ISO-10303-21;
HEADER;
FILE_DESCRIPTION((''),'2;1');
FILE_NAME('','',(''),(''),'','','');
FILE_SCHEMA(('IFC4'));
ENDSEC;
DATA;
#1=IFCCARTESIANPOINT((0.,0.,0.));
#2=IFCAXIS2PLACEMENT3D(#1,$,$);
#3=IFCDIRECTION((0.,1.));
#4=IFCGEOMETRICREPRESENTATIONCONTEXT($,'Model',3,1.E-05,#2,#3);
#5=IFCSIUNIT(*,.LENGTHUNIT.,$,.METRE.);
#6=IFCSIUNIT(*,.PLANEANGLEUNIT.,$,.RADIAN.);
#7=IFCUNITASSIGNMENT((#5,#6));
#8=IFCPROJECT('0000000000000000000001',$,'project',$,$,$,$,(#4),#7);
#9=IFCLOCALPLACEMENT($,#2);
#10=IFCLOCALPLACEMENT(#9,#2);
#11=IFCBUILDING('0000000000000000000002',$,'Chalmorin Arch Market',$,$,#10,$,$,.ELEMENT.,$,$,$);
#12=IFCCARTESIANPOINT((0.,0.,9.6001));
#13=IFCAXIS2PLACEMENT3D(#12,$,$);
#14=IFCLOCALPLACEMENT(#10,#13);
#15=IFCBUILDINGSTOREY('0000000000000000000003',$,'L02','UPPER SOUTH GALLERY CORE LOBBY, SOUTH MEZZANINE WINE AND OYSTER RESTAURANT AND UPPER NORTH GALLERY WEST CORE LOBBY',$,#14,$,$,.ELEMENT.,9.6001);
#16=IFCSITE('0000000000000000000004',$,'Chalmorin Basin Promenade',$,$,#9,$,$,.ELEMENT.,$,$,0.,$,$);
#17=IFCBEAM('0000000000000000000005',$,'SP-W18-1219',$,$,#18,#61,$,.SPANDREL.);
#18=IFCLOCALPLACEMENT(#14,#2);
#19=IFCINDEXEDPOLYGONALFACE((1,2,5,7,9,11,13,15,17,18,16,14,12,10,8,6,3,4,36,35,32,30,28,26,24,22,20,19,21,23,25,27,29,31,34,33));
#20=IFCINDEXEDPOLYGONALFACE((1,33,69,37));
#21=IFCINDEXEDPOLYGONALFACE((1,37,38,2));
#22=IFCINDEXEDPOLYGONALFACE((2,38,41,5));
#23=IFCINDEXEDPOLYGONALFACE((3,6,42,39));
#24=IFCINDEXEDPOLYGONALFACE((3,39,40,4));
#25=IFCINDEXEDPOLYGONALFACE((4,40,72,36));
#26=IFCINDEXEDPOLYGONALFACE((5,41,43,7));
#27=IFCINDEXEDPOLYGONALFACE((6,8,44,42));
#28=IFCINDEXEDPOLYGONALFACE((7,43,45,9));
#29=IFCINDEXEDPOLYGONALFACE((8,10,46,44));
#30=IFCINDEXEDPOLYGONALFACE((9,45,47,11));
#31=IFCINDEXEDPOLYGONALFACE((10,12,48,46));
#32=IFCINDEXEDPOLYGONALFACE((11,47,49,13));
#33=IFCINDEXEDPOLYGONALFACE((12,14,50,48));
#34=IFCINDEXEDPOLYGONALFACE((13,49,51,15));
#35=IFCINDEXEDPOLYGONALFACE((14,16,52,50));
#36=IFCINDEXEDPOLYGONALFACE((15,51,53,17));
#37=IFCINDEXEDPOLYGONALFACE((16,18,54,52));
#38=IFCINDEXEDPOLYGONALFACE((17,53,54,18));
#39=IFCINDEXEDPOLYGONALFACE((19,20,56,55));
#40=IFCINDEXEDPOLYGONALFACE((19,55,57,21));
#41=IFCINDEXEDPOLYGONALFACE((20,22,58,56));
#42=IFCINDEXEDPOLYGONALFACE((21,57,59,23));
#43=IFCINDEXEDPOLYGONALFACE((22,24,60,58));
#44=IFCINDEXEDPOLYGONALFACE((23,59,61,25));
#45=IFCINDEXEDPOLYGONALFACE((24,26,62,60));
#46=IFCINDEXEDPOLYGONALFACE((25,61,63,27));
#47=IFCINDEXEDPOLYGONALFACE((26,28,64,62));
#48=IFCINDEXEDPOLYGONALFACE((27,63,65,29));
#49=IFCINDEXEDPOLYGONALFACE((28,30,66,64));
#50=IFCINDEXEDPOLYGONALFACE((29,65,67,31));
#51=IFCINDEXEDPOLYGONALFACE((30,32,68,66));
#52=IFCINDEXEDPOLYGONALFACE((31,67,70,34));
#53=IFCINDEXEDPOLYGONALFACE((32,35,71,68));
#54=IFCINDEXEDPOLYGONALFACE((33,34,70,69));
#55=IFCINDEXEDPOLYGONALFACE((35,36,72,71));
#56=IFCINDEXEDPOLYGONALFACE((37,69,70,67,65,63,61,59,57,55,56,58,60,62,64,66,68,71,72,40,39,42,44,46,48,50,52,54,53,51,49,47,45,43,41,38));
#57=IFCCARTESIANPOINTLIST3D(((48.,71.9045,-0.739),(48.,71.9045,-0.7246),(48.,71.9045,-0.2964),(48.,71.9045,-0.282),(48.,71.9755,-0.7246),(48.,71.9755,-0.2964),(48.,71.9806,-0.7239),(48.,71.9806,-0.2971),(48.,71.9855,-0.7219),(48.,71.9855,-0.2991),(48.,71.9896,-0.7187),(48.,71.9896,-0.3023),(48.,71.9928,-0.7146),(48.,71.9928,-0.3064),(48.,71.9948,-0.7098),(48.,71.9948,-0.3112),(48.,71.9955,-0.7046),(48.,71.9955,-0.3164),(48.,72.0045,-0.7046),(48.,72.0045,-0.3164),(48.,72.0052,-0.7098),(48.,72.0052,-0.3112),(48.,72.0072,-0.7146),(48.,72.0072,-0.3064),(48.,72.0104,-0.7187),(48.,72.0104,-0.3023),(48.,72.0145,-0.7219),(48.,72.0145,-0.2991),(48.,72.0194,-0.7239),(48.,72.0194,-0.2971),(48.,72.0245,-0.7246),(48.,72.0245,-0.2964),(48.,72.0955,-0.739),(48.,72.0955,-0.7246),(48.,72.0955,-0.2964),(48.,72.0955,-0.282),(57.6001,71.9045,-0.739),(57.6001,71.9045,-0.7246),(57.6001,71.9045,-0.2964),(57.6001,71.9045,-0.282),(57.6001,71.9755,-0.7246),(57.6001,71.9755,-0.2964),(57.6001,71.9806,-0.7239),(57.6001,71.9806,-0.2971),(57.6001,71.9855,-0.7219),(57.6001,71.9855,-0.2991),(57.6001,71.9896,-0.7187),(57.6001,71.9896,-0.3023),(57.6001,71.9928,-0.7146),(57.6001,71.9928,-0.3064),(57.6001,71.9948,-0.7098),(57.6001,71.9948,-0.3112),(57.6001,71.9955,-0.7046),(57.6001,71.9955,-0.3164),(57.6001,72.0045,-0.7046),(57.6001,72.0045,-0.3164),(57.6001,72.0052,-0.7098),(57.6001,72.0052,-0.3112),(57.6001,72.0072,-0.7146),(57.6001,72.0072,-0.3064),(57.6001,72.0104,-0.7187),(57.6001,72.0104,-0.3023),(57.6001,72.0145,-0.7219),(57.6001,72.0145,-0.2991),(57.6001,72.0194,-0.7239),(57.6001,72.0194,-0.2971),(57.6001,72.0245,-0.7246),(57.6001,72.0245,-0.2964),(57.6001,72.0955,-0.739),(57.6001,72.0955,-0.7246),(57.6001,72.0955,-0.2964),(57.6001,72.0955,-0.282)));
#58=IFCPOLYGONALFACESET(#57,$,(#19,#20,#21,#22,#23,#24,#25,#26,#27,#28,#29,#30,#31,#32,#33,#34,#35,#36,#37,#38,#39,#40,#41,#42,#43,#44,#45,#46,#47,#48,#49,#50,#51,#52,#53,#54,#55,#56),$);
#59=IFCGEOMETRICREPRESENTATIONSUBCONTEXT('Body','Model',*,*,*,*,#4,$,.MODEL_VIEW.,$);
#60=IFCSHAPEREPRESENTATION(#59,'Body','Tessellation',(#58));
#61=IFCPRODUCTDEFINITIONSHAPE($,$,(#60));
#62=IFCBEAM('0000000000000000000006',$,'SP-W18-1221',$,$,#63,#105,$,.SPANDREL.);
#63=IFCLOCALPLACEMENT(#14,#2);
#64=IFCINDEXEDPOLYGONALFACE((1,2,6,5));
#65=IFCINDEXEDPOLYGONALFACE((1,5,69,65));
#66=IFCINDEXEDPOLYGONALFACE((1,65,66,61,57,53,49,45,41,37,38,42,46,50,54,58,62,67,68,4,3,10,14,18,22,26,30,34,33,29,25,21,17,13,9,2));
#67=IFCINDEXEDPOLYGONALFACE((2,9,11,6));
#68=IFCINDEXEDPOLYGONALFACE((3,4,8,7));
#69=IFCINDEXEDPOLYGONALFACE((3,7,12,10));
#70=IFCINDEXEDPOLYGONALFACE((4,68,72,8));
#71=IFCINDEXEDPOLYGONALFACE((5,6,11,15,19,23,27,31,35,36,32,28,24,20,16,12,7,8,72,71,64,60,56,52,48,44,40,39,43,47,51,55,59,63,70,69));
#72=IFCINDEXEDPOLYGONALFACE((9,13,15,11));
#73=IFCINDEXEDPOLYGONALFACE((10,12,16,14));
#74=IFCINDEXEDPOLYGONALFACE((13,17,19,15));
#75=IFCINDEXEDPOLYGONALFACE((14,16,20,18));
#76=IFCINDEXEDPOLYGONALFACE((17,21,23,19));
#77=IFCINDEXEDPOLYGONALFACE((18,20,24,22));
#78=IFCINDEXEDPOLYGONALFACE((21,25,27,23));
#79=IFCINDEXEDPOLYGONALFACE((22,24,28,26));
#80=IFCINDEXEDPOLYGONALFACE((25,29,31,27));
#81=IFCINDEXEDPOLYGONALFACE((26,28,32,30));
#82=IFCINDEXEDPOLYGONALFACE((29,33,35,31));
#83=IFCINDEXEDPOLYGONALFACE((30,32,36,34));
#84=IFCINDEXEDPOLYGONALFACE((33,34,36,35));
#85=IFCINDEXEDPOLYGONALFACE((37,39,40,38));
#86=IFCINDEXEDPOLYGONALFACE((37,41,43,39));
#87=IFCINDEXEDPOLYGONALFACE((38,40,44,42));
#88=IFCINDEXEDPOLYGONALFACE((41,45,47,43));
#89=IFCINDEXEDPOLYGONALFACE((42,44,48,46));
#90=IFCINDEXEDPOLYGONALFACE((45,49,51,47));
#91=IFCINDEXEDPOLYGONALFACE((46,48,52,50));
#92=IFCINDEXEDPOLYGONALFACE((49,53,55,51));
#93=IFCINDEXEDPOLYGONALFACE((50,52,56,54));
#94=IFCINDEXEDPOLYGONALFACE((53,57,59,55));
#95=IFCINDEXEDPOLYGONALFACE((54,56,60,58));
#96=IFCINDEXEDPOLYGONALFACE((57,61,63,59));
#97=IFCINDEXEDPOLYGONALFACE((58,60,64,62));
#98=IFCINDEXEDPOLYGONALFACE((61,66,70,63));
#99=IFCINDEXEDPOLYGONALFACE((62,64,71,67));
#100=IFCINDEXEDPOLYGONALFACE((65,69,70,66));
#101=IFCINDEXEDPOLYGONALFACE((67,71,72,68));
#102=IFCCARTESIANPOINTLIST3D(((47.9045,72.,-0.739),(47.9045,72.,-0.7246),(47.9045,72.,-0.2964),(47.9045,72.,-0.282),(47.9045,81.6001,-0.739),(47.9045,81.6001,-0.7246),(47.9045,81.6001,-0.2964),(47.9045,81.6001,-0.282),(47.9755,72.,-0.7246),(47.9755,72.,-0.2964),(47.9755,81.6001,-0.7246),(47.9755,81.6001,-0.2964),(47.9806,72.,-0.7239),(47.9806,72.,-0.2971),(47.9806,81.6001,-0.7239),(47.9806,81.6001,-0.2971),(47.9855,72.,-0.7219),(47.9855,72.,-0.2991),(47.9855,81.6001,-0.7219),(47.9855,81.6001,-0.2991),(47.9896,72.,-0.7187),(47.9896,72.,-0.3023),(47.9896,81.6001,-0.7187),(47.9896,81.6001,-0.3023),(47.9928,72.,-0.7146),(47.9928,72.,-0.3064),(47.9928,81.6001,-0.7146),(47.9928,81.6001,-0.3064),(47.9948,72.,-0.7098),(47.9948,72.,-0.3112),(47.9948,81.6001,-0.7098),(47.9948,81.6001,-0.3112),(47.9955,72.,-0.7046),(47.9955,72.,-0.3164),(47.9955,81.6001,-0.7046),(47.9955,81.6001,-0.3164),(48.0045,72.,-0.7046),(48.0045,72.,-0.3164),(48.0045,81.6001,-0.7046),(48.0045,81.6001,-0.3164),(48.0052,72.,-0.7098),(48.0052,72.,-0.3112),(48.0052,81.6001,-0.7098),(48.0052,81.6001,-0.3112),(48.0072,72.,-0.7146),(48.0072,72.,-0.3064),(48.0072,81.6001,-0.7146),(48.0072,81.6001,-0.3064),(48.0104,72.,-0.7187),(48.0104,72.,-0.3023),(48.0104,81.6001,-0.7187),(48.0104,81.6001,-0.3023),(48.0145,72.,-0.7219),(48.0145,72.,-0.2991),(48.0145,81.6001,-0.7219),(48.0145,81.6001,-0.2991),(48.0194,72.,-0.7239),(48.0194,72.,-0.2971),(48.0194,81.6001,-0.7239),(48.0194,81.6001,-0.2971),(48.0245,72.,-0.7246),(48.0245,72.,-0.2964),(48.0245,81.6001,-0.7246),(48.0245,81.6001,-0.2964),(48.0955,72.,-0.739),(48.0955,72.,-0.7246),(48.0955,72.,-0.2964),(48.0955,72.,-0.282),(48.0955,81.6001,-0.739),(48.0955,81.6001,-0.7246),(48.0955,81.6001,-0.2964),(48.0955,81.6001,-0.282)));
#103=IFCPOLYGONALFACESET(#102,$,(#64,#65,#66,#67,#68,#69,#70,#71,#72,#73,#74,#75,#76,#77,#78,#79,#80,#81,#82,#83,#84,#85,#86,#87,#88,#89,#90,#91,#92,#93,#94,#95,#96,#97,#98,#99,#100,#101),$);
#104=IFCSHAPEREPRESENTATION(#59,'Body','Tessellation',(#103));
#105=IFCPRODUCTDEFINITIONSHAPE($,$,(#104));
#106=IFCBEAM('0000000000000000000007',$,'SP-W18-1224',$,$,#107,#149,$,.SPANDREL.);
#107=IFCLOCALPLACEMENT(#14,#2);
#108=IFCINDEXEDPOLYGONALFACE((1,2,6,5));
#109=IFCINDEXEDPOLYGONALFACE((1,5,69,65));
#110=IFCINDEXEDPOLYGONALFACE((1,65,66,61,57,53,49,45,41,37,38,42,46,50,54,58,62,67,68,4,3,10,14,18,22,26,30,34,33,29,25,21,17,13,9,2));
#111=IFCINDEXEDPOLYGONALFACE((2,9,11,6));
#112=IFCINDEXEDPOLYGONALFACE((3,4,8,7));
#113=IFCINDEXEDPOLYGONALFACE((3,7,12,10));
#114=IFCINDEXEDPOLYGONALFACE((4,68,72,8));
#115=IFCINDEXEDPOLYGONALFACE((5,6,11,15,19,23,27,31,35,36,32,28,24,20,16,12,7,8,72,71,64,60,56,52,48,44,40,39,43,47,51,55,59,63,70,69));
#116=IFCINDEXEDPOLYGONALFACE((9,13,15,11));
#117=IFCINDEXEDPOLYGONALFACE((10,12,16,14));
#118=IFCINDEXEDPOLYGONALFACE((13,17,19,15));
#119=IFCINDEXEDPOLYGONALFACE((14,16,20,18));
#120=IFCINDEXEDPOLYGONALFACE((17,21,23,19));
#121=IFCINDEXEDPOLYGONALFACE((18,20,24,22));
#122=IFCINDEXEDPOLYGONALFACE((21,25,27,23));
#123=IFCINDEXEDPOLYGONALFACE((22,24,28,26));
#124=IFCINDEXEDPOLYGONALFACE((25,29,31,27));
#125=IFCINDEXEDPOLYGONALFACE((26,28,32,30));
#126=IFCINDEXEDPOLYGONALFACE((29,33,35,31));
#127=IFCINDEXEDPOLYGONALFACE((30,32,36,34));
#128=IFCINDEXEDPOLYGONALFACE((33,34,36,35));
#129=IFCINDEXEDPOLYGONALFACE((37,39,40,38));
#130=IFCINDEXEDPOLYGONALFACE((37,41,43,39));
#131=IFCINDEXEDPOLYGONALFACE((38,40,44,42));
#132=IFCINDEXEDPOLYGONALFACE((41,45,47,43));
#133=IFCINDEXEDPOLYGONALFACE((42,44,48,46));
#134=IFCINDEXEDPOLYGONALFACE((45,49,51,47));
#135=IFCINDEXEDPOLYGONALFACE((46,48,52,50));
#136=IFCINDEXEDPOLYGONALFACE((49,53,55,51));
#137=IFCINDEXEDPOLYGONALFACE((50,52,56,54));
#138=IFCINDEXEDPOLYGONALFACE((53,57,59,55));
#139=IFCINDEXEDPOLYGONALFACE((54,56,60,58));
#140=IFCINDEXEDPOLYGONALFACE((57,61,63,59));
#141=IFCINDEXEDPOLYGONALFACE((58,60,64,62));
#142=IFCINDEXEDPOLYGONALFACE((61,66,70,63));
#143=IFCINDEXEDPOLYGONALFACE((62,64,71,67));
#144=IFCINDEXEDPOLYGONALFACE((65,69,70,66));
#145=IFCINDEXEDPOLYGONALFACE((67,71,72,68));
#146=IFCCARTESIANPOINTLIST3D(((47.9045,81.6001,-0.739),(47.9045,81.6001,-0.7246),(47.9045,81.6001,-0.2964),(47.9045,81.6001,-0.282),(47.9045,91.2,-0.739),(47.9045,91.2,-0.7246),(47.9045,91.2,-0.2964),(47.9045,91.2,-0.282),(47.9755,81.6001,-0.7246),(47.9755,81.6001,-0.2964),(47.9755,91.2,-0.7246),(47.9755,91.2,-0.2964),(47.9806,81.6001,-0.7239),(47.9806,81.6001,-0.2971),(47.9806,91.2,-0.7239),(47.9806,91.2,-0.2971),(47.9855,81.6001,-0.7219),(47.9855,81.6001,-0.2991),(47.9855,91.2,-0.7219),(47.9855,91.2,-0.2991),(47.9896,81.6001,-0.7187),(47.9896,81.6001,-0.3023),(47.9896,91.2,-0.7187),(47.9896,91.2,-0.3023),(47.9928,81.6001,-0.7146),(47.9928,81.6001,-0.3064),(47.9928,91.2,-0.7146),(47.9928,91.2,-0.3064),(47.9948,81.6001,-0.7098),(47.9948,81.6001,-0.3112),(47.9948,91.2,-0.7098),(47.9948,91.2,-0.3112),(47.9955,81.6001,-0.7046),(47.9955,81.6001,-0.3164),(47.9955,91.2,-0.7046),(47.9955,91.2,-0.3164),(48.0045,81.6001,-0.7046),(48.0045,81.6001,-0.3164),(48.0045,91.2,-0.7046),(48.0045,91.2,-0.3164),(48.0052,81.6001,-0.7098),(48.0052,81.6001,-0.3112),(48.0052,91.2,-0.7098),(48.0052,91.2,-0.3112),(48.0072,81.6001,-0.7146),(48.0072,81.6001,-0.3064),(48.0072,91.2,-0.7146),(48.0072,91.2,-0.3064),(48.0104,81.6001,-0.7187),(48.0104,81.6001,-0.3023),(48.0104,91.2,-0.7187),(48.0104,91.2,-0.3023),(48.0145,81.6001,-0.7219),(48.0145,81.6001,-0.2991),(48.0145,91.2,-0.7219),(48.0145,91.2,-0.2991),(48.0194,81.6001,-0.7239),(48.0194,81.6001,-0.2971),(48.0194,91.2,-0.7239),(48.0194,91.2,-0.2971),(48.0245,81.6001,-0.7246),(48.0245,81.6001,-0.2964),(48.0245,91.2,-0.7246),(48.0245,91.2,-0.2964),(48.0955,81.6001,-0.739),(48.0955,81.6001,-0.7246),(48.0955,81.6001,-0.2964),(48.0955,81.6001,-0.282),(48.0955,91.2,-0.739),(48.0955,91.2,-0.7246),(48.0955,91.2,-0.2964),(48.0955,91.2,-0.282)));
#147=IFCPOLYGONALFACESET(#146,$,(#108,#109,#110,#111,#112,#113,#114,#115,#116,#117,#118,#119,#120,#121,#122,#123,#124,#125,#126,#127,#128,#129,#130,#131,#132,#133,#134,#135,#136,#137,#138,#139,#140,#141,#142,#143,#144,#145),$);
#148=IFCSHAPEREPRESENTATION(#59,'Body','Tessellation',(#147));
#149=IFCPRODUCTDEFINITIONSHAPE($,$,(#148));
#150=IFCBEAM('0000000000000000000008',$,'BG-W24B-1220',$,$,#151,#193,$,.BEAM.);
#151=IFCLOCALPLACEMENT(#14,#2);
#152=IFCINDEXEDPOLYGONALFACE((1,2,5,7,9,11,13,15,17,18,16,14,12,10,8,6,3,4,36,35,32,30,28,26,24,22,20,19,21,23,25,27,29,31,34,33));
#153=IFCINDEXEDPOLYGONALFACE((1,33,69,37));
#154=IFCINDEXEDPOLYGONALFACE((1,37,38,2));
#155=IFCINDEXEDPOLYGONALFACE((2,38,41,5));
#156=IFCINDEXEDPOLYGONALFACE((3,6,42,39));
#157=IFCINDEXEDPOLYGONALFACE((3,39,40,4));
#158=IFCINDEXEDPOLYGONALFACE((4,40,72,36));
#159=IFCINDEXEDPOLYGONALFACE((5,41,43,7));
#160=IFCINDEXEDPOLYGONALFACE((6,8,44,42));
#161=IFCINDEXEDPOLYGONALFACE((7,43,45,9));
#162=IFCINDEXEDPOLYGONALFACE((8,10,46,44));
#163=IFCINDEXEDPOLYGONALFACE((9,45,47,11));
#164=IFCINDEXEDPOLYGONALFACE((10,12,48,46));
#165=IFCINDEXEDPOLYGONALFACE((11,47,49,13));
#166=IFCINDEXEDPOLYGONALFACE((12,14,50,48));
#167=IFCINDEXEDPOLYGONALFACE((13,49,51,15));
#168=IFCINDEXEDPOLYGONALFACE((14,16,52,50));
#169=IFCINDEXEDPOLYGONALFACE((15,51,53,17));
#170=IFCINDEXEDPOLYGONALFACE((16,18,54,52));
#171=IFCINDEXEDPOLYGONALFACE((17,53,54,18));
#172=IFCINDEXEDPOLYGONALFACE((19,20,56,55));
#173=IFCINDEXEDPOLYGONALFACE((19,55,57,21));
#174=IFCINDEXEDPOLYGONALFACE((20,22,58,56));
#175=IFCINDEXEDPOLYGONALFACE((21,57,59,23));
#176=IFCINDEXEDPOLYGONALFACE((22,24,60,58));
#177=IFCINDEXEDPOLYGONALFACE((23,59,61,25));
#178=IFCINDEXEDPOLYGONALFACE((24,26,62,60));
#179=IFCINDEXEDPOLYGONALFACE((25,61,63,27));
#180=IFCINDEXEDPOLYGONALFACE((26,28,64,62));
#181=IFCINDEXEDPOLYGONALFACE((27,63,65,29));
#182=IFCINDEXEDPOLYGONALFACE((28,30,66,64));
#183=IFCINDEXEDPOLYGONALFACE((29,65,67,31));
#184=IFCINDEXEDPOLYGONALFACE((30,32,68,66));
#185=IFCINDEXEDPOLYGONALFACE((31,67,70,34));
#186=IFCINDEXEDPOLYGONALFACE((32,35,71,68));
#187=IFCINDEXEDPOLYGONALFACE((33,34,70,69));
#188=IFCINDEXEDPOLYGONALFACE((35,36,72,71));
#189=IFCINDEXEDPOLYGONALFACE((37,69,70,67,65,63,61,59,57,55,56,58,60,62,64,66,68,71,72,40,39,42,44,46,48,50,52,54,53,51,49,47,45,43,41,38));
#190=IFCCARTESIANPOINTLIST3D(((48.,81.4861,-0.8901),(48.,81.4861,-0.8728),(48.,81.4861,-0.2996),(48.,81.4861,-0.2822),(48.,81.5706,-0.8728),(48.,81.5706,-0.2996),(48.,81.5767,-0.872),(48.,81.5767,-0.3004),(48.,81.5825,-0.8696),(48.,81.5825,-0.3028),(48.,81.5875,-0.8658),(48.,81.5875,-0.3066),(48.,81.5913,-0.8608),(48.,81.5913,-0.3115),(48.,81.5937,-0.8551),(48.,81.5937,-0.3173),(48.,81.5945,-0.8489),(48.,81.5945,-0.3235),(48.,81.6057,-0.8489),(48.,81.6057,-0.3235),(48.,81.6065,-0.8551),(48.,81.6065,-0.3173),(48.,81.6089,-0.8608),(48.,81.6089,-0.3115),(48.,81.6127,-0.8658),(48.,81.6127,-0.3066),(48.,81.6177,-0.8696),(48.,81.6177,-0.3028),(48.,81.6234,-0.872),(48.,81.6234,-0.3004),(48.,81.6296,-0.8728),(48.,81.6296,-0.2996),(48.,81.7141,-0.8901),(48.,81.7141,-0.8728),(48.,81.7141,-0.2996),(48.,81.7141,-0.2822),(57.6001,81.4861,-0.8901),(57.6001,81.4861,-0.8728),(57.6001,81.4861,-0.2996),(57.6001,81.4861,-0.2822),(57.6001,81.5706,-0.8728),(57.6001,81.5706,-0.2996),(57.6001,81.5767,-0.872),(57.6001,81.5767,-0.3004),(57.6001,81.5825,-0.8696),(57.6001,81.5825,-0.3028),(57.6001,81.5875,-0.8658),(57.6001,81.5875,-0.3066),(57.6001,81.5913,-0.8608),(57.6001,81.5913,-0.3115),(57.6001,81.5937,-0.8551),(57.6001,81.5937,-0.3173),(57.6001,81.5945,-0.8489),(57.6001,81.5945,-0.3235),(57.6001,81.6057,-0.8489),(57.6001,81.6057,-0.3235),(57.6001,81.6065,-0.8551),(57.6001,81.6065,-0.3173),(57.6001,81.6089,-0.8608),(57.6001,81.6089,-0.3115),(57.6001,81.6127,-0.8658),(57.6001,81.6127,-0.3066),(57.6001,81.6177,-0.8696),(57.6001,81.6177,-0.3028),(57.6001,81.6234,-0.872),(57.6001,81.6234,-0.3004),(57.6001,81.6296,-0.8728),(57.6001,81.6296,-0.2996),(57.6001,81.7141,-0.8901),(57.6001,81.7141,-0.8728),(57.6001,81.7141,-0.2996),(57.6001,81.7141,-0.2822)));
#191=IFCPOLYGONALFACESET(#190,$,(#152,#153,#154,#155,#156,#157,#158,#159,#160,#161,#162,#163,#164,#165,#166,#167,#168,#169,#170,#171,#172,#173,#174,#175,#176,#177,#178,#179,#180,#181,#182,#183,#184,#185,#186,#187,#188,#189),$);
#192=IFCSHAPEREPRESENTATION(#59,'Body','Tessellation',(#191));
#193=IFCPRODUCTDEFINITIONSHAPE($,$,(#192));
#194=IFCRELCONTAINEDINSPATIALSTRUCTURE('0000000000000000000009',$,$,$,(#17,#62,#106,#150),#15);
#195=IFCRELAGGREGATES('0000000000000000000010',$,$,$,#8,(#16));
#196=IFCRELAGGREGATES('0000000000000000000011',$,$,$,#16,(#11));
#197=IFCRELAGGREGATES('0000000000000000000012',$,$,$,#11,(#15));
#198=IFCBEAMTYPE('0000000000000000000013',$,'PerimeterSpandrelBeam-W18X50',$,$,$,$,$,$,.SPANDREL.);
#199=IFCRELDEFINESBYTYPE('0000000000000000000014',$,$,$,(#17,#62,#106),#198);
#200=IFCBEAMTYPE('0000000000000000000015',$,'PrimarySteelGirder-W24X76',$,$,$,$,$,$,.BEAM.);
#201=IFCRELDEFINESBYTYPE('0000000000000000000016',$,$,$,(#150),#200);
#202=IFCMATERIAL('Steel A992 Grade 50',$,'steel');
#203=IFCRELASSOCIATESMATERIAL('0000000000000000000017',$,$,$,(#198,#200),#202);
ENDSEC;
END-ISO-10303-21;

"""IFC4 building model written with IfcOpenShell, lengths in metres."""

from ifc_helpers import new_model, si_unit, direction, frame, origin, origin_2d, place, context, subcontext, project, spatial, i_section, extrude, material, material_profile, profile_set, type_object, element, save


model = new_model("IFC4")

# Units and contexts
model_context = context("Model", 3, precision=1e-05, world=origin(), true_north=direction((0.0, 1.0)))
body_context = subcontext(model_context, "Body", "Model", "MODEL_VIEW")
ifc_project = project(units=[si_unit("LENGTHUNIT", "METRE"), si_unit("PLANEANGLEUNIT", "RADIAN")], contexts=[model_context])

# Site, building, storey
site_placement = place(None, origin())
site = spatial("IfcSite", under=ifc_project, at=site_placement, Name="Chalmorin Basin Promenade", CompositionType="ELEMENT", RefElevation=0.0)
building_placement = place(site_placement, origin())
building = spatial("IfcBuilding", under=site, at=building_placement, Name="Chalmorin Arch Market", CompositionType="ELEMENT")
storey_placement = place(building_placement, frame((0.0, 0.0, 9.6001)))
storey = spatial("IfcBuildingStorey", under=building, at=storey_placement, Name="L02", Description="UPPER SOUTH GALLERY CORE LOBBY, SOUTH MEZZANINE WINE AND OYSTER RESTAURANT AND UPPER NORTH GALLERY WEST CORE LOBBY", CompositionType="ELEMENT", Elevation=9.6001)

# Beams
ifc_material_1 = material(Name="Steel A992 Grade 50", Category="steel")
ifc_material_profile_1 = material_profile(ifc_material_1, i_section(OverallWidth=0.1909, OverallDepth=0.457, WebThickness=0.009, FlangeThickness=0.0144, FilletRadius=0.02, at=origin_2d()), Name="W18X50")
ifc_profile_set_1 = profile_set([ifc_material_profile_1], Name="Steel A992 Grade 50")
beam_type_1 = type_object("IfcBeamType", Name="PerimeterSpandrelBeam-W18X50", PredefinedType="SPANDREL", material=ifc_profile_set_1)
for number, where, z_axis, x_axis, name in (
    (1, (48.0, 72.0, -0.5105), (1.0, 0.0, 0.0), (0.0, 1.0, 0.0), "SP-W18-1219"),
    (2, (48.0, 72.0, -0.5105), (0.0, 1.0, 0.0), (-1.0, 0.0, 0.0), "SP-W18-1221"),
):
    element("IfcBeam", number, at=place(storey_placement, frame(where, z_axis=z_axis, x_axis=x_axis)), inside=storey, type_object=beam_type_1, Name=name, PredefinedType="SPANDREL", context=body_context, shape_type="SweptSolid", body=[
        extrude(i_section(OverallWidth=0.1909, OverallDepth=0.457, WebThickness=0.009, FlangeThickness=0.0144, FilletRadius=0.02, at=origin_2d()), origin(), (0.0, 0.0, 1.0), 9.6001),
    ])
beam_1_placement = place(storey_placement, frame((48.0, 81.6001, -0.5105), z_axis=(0.0, 1.0, 0.0), x_axis=(-1.0, 0.0, 0.0)))
element("IfcBeam", 3, at=beam_1_placement, inside=storey, type_object=beam_type_1, Name="SP-W18-1224", PredefinedType="SPANDREL", context=body_context, shape_type="SweptSolid", body=[
    extrude(i_section(OverallWidth=0.1909, OverallDepth=0.457, WebThickness=0.009, FlangeThickness=0.0144, FilletRadius=0.02, at=origin_2d()), origin(), (0.0, 0.0, 1.0), 9.5999),
])
ifc_material_profile_2 = material_profile(ifc_material_1, i_section(OverallWidth=0.228, OverallDepth=0.6079, WebThickness=0.0112, FlangeThickness=0.0173, FilletRadius=0.0239, at=origin_2d()), Name="W24X76")
ifc_profile_set_2 = profile_set([ifc_material_profile_2], Name="Steel A992 Grade 50")
beam_type_2 = type_object("IfcBeamType", Name="PrimarySteelGirder-W24X76", PredefinedType="BEAM", material=ifc_profile_set_2)
beam_2_placement = place(storey_placement, frame((48.0, 81.6001, -0.5862), z_axis=(1.0, 0.0, 0.0), x_axis=(0.0, 1.0, 0.0)))
element("IfcBeam", 4, at=beam_2_placement, inside=storey, type_object=beam_type_2, Name="BG-W24B-1220", PredefinedType="BEAM", context=body_context, shape_type="SweptSolid", body=[
    extrude(i_section(OverallWidth=0.228, OverallDepth=0.6079, WebThickness=0.0112, FlangeThickness=0.0173, FilletRadius=0.0239, at=origin_2d()), origin(), (0.0, 0.0, 1.0), 9.6001),
])

save(model, "model.ifc")
